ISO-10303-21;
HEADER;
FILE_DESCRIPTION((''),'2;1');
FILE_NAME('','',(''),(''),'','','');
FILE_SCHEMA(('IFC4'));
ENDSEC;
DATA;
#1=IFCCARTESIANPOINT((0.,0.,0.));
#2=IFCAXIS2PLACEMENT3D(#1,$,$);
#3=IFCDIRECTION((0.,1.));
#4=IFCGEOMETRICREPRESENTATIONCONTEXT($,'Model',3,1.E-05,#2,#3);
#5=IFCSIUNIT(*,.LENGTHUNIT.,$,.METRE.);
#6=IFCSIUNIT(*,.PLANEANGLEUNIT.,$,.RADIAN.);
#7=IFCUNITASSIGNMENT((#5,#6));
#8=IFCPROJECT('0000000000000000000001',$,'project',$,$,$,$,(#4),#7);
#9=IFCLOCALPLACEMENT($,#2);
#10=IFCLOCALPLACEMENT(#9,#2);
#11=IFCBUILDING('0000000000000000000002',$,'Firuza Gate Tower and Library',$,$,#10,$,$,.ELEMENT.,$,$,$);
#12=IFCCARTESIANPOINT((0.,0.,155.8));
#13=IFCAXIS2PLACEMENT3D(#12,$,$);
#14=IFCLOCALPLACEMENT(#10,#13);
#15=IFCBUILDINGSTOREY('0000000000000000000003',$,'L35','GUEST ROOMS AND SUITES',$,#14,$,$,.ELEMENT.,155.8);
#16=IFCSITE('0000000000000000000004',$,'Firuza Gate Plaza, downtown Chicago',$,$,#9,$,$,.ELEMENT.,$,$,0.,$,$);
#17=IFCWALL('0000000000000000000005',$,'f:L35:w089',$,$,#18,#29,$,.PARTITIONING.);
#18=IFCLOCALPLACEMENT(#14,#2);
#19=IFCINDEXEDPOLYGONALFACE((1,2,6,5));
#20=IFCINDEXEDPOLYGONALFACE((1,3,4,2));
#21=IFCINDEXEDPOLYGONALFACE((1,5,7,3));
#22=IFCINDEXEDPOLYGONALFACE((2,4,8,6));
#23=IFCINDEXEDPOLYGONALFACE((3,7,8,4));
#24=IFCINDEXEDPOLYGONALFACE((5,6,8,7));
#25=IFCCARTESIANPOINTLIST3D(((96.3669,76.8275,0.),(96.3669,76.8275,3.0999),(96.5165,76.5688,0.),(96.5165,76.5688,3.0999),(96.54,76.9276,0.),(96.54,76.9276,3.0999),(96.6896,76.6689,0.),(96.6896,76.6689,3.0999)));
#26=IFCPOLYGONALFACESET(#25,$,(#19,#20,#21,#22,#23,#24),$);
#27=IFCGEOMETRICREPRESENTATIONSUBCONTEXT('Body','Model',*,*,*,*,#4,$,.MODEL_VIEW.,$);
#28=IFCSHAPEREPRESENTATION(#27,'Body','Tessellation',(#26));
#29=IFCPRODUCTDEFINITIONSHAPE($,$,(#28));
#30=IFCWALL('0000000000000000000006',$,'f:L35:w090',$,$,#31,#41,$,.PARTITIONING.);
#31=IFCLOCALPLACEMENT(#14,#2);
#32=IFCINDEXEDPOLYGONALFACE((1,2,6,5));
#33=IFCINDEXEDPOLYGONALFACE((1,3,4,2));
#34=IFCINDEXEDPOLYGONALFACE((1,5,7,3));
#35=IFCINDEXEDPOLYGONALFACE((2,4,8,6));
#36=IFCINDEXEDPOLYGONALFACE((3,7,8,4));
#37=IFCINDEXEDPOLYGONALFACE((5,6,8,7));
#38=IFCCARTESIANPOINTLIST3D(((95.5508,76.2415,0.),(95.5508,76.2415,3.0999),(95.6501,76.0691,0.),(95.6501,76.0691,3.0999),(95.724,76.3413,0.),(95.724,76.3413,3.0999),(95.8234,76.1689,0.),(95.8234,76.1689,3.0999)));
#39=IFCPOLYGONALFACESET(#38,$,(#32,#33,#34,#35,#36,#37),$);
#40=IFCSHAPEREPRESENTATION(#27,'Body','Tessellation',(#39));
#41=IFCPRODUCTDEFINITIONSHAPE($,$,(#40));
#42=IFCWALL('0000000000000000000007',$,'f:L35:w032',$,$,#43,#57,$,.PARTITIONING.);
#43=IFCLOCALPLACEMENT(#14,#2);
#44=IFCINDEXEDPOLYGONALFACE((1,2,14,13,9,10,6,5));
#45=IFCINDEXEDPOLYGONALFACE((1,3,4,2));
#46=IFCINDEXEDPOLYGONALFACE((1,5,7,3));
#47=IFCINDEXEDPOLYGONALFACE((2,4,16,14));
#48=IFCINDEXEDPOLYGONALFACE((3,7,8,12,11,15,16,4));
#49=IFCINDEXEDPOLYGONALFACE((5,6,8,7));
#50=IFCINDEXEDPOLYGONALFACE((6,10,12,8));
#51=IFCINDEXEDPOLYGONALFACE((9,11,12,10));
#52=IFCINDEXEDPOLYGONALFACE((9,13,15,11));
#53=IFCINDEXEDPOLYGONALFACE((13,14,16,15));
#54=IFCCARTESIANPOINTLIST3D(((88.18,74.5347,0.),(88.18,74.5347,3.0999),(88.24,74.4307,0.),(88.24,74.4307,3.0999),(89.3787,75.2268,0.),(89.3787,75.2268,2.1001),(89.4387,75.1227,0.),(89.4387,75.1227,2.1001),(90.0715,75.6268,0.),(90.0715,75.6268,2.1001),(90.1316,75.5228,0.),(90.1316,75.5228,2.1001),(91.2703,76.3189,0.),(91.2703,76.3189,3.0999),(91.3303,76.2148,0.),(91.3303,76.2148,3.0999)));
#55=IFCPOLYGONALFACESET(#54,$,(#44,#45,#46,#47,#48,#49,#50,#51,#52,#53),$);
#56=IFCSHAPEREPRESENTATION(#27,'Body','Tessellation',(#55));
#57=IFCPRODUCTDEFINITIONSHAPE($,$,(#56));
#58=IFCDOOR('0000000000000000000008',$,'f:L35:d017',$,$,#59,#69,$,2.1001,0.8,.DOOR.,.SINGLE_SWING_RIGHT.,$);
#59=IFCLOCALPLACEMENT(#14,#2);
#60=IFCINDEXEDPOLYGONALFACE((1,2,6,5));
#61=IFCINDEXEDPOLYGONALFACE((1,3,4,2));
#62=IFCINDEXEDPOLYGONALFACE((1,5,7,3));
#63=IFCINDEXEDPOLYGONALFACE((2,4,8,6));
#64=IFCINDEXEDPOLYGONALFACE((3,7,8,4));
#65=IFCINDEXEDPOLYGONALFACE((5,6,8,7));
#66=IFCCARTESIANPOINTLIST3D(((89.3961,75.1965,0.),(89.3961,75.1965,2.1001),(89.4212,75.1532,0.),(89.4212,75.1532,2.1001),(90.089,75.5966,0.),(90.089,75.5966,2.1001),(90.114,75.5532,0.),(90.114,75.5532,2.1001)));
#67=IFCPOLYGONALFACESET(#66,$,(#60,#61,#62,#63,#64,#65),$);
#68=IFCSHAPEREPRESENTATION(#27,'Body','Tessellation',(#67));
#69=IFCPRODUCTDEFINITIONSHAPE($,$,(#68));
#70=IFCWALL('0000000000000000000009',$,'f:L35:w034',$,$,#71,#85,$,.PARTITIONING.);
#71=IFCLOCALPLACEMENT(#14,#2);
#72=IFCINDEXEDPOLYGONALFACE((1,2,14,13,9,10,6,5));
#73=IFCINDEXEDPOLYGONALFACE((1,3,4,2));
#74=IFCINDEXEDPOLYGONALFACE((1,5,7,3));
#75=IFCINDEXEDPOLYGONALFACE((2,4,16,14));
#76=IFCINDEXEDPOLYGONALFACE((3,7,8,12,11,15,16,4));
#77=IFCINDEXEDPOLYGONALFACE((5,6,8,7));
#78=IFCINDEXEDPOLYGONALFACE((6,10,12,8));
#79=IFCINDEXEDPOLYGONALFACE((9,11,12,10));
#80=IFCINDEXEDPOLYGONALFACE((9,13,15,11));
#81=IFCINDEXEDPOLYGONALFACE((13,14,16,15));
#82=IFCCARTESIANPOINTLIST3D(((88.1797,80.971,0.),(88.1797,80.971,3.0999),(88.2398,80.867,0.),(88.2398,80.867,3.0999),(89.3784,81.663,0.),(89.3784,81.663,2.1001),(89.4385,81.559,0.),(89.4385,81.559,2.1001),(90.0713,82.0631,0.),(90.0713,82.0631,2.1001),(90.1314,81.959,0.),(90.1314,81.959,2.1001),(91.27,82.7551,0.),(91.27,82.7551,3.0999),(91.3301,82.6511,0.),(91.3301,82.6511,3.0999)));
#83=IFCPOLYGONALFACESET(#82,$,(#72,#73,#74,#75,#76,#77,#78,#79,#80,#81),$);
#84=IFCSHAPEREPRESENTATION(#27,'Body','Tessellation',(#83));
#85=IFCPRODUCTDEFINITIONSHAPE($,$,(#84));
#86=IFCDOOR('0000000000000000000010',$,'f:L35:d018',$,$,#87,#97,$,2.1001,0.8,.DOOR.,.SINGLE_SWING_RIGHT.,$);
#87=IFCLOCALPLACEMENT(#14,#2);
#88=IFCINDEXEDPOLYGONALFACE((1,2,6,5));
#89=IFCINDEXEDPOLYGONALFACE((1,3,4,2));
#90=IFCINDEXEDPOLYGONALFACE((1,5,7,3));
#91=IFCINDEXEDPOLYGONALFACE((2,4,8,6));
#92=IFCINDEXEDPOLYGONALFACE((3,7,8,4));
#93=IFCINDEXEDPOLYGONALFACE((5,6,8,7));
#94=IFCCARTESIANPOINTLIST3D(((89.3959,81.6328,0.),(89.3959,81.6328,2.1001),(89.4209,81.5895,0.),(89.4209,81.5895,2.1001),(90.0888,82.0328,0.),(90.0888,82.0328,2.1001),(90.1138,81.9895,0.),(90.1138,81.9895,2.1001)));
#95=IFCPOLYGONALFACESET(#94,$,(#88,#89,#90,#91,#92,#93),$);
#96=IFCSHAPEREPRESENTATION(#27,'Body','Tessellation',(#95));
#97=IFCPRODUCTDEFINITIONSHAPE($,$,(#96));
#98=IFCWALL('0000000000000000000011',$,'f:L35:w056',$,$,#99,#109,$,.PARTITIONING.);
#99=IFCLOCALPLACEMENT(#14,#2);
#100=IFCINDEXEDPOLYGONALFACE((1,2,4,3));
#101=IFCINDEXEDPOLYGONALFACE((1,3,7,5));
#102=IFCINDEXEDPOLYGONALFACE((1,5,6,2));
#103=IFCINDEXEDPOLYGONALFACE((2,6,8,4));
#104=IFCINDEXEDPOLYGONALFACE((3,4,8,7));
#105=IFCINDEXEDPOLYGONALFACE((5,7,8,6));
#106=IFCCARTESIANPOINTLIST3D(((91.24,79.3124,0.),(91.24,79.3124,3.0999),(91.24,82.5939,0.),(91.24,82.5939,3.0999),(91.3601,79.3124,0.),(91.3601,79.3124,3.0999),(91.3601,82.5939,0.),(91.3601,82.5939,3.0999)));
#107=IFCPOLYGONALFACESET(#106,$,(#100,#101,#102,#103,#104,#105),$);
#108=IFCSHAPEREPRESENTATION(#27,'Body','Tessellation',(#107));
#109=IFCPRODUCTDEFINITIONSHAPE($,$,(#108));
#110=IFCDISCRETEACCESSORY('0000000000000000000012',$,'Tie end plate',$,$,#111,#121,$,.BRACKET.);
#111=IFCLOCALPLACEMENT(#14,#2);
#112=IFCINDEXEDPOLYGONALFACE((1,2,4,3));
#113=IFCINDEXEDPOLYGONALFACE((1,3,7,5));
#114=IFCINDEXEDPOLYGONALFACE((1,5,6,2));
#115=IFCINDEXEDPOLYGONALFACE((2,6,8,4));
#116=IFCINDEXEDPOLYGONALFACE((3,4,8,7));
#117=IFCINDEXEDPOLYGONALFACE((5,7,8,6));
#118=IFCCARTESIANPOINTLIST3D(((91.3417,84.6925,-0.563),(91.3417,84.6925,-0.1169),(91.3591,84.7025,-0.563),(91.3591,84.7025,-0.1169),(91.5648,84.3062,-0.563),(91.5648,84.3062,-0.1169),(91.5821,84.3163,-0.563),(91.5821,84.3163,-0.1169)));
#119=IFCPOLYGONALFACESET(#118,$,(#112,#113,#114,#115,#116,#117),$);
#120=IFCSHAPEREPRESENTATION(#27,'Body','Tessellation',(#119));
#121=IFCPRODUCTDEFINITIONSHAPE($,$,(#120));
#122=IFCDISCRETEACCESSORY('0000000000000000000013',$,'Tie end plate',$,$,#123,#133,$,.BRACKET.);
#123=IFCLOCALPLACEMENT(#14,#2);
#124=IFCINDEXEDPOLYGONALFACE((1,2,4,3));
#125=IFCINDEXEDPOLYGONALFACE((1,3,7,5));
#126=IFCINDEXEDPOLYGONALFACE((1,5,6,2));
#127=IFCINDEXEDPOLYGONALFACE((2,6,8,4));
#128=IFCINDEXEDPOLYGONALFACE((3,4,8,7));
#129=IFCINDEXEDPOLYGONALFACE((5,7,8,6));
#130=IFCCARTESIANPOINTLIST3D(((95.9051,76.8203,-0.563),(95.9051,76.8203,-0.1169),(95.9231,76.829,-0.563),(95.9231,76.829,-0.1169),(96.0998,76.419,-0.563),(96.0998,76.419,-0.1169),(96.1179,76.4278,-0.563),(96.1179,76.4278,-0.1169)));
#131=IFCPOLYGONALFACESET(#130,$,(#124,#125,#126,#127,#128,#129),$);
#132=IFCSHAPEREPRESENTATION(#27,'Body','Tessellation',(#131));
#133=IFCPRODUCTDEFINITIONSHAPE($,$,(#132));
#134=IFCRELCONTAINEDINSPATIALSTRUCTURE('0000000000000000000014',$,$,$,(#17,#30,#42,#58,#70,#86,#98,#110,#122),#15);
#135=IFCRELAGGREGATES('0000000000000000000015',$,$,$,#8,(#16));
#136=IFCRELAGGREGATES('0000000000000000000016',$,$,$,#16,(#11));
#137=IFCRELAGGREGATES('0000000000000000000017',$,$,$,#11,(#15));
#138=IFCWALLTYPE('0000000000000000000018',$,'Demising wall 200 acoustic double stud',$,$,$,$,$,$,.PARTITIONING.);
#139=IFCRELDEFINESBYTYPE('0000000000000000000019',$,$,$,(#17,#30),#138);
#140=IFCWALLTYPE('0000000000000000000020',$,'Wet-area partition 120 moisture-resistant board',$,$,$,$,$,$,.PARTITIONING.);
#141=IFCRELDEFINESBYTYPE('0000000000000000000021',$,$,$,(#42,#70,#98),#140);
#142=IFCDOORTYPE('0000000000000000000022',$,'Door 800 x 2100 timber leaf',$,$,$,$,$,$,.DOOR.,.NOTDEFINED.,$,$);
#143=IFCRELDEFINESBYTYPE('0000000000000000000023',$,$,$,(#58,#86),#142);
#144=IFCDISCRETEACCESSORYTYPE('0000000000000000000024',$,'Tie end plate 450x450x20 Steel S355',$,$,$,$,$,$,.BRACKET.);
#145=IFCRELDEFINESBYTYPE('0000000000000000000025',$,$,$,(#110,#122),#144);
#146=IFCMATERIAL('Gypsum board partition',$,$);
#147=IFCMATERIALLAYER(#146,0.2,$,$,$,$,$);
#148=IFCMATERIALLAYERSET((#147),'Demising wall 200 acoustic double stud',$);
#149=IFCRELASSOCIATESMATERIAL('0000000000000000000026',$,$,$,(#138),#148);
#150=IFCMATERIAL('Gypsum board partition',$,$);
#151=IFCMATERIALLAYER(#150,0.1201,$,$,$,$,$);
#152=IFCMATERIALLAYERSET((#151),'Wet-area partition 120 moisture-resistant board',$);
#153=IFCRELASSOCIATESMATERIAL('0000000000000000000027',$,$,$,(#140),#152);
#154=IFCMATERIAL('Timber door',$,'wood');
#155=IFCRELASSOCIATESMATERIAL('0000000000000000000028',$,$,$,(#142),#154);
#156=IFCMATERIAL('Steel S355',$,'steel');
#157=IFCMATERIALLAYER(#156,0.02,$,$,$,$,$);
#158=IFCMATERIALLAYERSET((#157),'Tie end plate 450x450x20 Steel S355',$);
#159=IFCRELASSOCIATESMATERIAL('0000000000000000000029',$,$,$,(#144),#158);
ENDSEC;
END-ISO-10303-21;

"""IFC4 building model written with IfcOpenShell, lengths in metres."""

from ifc_helpers import new_model, si_unit, direction, frame, frame_2d, origin, origin_2d, place, context, subcontext, project, spatial, rectangle, extrude, material, layer, layer_set, type_object, element, fill, save


model = new_model("IFC4")

# Units and contexts
model_context = context("Model", 3, precision=1e-05, world=origin(), true_north=direction((0.0, 1.0)))
body_context = subcontext(model_context, "Body", "Model", "MODEL_VIEW")
ifc_project = project(units=[si_unit("LENGTHUNIT", "METRE"), si_unit("PLANEANGLEUNIT", "RADIAN")], contexts=[model_context])

# Site, building, storey
site_placement = place(None, origin())
site = spatial("IfcSite", under=ifc_project, at=site_placement, Name="Firuza Gate Plaza, downtown Chicago", CompositionType="ELEMENT", RefElevation=0.0)
building_placement = place(site_placement, origin())
building = spatial("IfcBuilding", under=site, at=building_placement, Name="Firuza Gate Tower and Library", CompositionType="ELEMENT")
storey_placement = place(building_placement, frame((0.0, 0.0, 155.8)))
storey = spatial("IfcBuildingStorey", under=building, at=storey_placement, Name="L35", Description="GUEST ROOMS AND SUITES", CompositionType="ELEMENT", Elevation=155.8)

# Walls
ifc_material_1 = material(Name="Gypsum board partition")
ifc_layer_1 = layer(ifc_material_1, 0.2)
ifc_layer_set_1 = layer_set([ifc_layer_1], Name="Demising wall 200 acoustic double stud")
wall_type_1 = type_object("IfcWallType", Name="Demising wall 200 acoustic double stud", PredefinedType="PARTITIONING", material=ifc_layer_set_1)
wall_1_placement = place(storey_placement, frame((96.603, 76.6189, 0.0), z_axis=(0.0, 0.0, 1.0), x_axis=(-0.500618, 0.865668, 0.0)))
element("IfcWall", 1, at=wall_1_placement, inside=storey, type_object=wall_type_1, Name="f:L35:w089", PredefinedType="PARTITIONING", context=body_context, shape_type="SweptSolid", body=[
    extrude(rectangle(XDim=0.2988, YDim=0.2, at=frame_2d((0.1494, 0.0))), origin(), (0.0, 0.0, 1.0), 3.0999),
])
wall_2_placement = place(storey_placement, frame((95.7368, 76.1189, 0.0), z_axis=(0.0, 0.0, 1.0), x_axis=(-0.499439, 0.866349, 0.0)))
element("IfcWall", 2, at=wall_2_placement, inside=storey, type_object=wall_type_1, Name="f:L35:w090", PredefinedType="PARTITIONING", context=body_context, shape_type="SweptSolid", body=[
    extrude(rectangle(XDim=0.199, YDim=0.2, at=frame_2d((0.0996, 0.0))), origin(), (0.0, 0.0, 1.0), 3.0999),
])

# Walls, openings, doors
ifc_material_2 = material(Name="Gypsum board partition")
ifc_layer_2 = layer(ifc_material_2, 0.1201)
ifc_layer_set_2 = layer_set([ifc_layer_2], Name="Wet-area partition 120 moisture-resistant board")
wall_type_2 = type_object("IfcWallType", Name="Wet-area partition 120 moisture-resistant board", PredefinedType="PARTITIONING", material=ifc_layer_set_2)
wall_3_placement = place(storey_placement, frame((91.3003, 76.2668, 0.0), z_axis=(0.0, 0.0, 1.0), x_axis=(-0.866028, -0.499995, 0.0)))
wall_3 = element("IfcWall", 3, at=wall_3_placement, inside=storey, type_object=wall_type_2, Name="f:L35:w032", PredefinedType="PARTITIONING", context=body_context, shape_type="SweptSolid", body=[
    extrude(rectangle(XDim=3.5684, YDim=0.1201, at=frame_2d((1.7842, 0.0))), origin(), (0.0, 0.0, 1.0), 3.0999),
])
opening_1_placement = place(wall_3_placement, frame((1.3843, 0.0, 0.0)))
opening_1 = element("IfcOpeningElement", 4, at=opening_1_placement, cuts=wall_3, PredefinedType="OPENING", context=body_context, shape_type="SweptSolid", body=[
    extrude(rectangle(XDim=0.8, YDim=2.1001, at=frame_2d((0.3999, 1.05))), frame((0.0, 0.0701, 0.0), z_axis=(0.0, -1.0, 0.0), x_axis=(1.0, 0.0, 0.0)), (0.0, 0.0, 1.0), 0.1401),
])
ifc_material_3 = material(Name="Timber door", Category="wood")
door_type_1 = type_object("IfcDoorType", Name="Door 800 x 2100 timber leaf", OperationType="NOTDEFINED", PredefinedType="DOOR", material=ifc_material_3)
door_1_placement = place(opening_1_placement, origin())
door_1 = element("IfcDoor", 5, at=door_1_placement, inside=storey, type_object=door_type_1, Name="f:L35:d017", OperationType="SINGLE_SWING_RIGHT", OverallHeight=2.1001, OverallWidth=0.8, PredefinedType="DOOR", context=body_context, shape_type="SweptSolid", body=[
    extrude(rectangle(XDim=0.8, YDim=2.1001, at=frame_2d((0.3999, 1.05))), frame((0.0, 0.0249, 0.0), z_axis=(0.0, -1.0, 0.0), x_axis=(1.0, 0.0, 0.0)), (0.0, 0.0, 1.0), 0.05),
])
fill(opening_1, door_1)
wall_4_placement = place(storey_placement, frame((91.3, 82.7031, 0.0), z_axis=(0.0, 0.0, 1.0), x_axis=(-0.866028, -0.499995, 0.0)))
wall_4 = element("IfcWall", 6, at=wall_4_placement, inside=storey, type_object=wall_type_2, Name="f:L35:w034", PredefinedType="PARTITIONING", context=body_context, shape_type="SweptSolid", body=[
    extrude(rectangle(XDim=3.5684, YDim=0.1201, at=frame_2d((1.7842, 0.0))), origin(), (0.0, 0.0, 1.0), 3.0999),
])
opening_2_placement = place(wall_4_placement, frame((1.3843, 0.0, 0.0)))
opening_2 = element("IfcOpeningElement", 7, at=opening_2_placement, cuts=wall_4, PredefinedType="OPENING", context=body_context, shape_type="SweptSolid", body=[
    extrude(rectangle(XDim=0.8, YDim=2.1001, at=frame_2d((0.3999, 1.05))), frame((0.0, 0.0701, 0.0), z_axis=(0.0, -1.0, 0.0), x_axis=(1.0, 0.0, 0.0)), (0.0, 0.0, 1.0), 0.1401),
])
door_2_placement = place(opening_2_placement, origin())
door_2 = element("IfcDoor", 8, at=door_2_placement, inside=storey, type_object=door_type_1, Name="f:L35:d018", OperationType="SINGLE_SWING_RIGHT", OverallHeight=2.1001, OverallWidth=0.8, PredefinedType="DOOR", context=body_context, shape_type="SweptSolid", body=[
    extrude(rectangle(XDim=0.8, YDim=2.1001, at=frame_2d((0.3999, 1.05))), frame((0.0, 0.0249, 0.0), z_axis=(0.0, -1.0, 0.0), x_axis=(1.0, 0.0, 0.0)), (0.0, 0.0, 1.0), 0.05),
])
fill(opening_2, door_2)

# Wall
wall_5_placement = place(storey_placement, frame((91.3, 79.3125, 0.0), z_axis=(0.0, 0.0, 1.0), x_axis=(0.0, 1.0, 0.0)))
element("IfcWall", 9, at=wall_5_placement, inside=storey, type_object=wall_type_2, Name="f:L35:w056", PredefinedType="PARTITIONING", context=body_context, shape_type="SweptSolid", body=[
    extrude(rectangle(XDim=3.2815, YDim=0.1201, at=frame_2d((1.6406, 0.0))), origin(), (0.0, 0.0, 1.0), 3.0999),
])

# Discrete accessories
ifc_material_4 = material(Name="Steel S355", Category="steel")
ifc_layer_3 = layer(ifc_material_4, 0.02)
ifc_layer_set_3 = layer_set([ifc_layer_3], Name="Tie end plate 450x450x20 Steel S355")
discrete_accessory_type = type_object("IfcDiscreteAccessoryType", Name="Tie end plate 450x450x20 Steel S355", PredefinedType="BRACKET", material=ifc_layer_set_3)
for number, where, z_axis, x_axis, name in (
    (10, (91.4619, 84.5044, -0.563), (0.0, 0.0, 1.0), (-0.866025, -0.5, 0.0), "Tie end plate"),
    (11, (96.0115, 76.624, -0.563), (0.0, 0.0, 1.0), (-0.899647, -0.436618, 0.0), "Tie end plate"),
):
    element("IfcDiscreteAccessory", number, at=place(storey_placement, frame(where, z_axis=z_axis, x_axis=x_axis)), inside=storey, type_object=discrete_accessory_type, Name=name, PredefinedType="BRACKET", context=body_context, shape_type="SweptSolid", body=[
        extrude(rectangle(XDim=0.02, YDim=0.446, at=origin_2d()), origin(), (0.0, 0.0, 1.0), 0.446),
    ])

save(model, "model.ifc")
